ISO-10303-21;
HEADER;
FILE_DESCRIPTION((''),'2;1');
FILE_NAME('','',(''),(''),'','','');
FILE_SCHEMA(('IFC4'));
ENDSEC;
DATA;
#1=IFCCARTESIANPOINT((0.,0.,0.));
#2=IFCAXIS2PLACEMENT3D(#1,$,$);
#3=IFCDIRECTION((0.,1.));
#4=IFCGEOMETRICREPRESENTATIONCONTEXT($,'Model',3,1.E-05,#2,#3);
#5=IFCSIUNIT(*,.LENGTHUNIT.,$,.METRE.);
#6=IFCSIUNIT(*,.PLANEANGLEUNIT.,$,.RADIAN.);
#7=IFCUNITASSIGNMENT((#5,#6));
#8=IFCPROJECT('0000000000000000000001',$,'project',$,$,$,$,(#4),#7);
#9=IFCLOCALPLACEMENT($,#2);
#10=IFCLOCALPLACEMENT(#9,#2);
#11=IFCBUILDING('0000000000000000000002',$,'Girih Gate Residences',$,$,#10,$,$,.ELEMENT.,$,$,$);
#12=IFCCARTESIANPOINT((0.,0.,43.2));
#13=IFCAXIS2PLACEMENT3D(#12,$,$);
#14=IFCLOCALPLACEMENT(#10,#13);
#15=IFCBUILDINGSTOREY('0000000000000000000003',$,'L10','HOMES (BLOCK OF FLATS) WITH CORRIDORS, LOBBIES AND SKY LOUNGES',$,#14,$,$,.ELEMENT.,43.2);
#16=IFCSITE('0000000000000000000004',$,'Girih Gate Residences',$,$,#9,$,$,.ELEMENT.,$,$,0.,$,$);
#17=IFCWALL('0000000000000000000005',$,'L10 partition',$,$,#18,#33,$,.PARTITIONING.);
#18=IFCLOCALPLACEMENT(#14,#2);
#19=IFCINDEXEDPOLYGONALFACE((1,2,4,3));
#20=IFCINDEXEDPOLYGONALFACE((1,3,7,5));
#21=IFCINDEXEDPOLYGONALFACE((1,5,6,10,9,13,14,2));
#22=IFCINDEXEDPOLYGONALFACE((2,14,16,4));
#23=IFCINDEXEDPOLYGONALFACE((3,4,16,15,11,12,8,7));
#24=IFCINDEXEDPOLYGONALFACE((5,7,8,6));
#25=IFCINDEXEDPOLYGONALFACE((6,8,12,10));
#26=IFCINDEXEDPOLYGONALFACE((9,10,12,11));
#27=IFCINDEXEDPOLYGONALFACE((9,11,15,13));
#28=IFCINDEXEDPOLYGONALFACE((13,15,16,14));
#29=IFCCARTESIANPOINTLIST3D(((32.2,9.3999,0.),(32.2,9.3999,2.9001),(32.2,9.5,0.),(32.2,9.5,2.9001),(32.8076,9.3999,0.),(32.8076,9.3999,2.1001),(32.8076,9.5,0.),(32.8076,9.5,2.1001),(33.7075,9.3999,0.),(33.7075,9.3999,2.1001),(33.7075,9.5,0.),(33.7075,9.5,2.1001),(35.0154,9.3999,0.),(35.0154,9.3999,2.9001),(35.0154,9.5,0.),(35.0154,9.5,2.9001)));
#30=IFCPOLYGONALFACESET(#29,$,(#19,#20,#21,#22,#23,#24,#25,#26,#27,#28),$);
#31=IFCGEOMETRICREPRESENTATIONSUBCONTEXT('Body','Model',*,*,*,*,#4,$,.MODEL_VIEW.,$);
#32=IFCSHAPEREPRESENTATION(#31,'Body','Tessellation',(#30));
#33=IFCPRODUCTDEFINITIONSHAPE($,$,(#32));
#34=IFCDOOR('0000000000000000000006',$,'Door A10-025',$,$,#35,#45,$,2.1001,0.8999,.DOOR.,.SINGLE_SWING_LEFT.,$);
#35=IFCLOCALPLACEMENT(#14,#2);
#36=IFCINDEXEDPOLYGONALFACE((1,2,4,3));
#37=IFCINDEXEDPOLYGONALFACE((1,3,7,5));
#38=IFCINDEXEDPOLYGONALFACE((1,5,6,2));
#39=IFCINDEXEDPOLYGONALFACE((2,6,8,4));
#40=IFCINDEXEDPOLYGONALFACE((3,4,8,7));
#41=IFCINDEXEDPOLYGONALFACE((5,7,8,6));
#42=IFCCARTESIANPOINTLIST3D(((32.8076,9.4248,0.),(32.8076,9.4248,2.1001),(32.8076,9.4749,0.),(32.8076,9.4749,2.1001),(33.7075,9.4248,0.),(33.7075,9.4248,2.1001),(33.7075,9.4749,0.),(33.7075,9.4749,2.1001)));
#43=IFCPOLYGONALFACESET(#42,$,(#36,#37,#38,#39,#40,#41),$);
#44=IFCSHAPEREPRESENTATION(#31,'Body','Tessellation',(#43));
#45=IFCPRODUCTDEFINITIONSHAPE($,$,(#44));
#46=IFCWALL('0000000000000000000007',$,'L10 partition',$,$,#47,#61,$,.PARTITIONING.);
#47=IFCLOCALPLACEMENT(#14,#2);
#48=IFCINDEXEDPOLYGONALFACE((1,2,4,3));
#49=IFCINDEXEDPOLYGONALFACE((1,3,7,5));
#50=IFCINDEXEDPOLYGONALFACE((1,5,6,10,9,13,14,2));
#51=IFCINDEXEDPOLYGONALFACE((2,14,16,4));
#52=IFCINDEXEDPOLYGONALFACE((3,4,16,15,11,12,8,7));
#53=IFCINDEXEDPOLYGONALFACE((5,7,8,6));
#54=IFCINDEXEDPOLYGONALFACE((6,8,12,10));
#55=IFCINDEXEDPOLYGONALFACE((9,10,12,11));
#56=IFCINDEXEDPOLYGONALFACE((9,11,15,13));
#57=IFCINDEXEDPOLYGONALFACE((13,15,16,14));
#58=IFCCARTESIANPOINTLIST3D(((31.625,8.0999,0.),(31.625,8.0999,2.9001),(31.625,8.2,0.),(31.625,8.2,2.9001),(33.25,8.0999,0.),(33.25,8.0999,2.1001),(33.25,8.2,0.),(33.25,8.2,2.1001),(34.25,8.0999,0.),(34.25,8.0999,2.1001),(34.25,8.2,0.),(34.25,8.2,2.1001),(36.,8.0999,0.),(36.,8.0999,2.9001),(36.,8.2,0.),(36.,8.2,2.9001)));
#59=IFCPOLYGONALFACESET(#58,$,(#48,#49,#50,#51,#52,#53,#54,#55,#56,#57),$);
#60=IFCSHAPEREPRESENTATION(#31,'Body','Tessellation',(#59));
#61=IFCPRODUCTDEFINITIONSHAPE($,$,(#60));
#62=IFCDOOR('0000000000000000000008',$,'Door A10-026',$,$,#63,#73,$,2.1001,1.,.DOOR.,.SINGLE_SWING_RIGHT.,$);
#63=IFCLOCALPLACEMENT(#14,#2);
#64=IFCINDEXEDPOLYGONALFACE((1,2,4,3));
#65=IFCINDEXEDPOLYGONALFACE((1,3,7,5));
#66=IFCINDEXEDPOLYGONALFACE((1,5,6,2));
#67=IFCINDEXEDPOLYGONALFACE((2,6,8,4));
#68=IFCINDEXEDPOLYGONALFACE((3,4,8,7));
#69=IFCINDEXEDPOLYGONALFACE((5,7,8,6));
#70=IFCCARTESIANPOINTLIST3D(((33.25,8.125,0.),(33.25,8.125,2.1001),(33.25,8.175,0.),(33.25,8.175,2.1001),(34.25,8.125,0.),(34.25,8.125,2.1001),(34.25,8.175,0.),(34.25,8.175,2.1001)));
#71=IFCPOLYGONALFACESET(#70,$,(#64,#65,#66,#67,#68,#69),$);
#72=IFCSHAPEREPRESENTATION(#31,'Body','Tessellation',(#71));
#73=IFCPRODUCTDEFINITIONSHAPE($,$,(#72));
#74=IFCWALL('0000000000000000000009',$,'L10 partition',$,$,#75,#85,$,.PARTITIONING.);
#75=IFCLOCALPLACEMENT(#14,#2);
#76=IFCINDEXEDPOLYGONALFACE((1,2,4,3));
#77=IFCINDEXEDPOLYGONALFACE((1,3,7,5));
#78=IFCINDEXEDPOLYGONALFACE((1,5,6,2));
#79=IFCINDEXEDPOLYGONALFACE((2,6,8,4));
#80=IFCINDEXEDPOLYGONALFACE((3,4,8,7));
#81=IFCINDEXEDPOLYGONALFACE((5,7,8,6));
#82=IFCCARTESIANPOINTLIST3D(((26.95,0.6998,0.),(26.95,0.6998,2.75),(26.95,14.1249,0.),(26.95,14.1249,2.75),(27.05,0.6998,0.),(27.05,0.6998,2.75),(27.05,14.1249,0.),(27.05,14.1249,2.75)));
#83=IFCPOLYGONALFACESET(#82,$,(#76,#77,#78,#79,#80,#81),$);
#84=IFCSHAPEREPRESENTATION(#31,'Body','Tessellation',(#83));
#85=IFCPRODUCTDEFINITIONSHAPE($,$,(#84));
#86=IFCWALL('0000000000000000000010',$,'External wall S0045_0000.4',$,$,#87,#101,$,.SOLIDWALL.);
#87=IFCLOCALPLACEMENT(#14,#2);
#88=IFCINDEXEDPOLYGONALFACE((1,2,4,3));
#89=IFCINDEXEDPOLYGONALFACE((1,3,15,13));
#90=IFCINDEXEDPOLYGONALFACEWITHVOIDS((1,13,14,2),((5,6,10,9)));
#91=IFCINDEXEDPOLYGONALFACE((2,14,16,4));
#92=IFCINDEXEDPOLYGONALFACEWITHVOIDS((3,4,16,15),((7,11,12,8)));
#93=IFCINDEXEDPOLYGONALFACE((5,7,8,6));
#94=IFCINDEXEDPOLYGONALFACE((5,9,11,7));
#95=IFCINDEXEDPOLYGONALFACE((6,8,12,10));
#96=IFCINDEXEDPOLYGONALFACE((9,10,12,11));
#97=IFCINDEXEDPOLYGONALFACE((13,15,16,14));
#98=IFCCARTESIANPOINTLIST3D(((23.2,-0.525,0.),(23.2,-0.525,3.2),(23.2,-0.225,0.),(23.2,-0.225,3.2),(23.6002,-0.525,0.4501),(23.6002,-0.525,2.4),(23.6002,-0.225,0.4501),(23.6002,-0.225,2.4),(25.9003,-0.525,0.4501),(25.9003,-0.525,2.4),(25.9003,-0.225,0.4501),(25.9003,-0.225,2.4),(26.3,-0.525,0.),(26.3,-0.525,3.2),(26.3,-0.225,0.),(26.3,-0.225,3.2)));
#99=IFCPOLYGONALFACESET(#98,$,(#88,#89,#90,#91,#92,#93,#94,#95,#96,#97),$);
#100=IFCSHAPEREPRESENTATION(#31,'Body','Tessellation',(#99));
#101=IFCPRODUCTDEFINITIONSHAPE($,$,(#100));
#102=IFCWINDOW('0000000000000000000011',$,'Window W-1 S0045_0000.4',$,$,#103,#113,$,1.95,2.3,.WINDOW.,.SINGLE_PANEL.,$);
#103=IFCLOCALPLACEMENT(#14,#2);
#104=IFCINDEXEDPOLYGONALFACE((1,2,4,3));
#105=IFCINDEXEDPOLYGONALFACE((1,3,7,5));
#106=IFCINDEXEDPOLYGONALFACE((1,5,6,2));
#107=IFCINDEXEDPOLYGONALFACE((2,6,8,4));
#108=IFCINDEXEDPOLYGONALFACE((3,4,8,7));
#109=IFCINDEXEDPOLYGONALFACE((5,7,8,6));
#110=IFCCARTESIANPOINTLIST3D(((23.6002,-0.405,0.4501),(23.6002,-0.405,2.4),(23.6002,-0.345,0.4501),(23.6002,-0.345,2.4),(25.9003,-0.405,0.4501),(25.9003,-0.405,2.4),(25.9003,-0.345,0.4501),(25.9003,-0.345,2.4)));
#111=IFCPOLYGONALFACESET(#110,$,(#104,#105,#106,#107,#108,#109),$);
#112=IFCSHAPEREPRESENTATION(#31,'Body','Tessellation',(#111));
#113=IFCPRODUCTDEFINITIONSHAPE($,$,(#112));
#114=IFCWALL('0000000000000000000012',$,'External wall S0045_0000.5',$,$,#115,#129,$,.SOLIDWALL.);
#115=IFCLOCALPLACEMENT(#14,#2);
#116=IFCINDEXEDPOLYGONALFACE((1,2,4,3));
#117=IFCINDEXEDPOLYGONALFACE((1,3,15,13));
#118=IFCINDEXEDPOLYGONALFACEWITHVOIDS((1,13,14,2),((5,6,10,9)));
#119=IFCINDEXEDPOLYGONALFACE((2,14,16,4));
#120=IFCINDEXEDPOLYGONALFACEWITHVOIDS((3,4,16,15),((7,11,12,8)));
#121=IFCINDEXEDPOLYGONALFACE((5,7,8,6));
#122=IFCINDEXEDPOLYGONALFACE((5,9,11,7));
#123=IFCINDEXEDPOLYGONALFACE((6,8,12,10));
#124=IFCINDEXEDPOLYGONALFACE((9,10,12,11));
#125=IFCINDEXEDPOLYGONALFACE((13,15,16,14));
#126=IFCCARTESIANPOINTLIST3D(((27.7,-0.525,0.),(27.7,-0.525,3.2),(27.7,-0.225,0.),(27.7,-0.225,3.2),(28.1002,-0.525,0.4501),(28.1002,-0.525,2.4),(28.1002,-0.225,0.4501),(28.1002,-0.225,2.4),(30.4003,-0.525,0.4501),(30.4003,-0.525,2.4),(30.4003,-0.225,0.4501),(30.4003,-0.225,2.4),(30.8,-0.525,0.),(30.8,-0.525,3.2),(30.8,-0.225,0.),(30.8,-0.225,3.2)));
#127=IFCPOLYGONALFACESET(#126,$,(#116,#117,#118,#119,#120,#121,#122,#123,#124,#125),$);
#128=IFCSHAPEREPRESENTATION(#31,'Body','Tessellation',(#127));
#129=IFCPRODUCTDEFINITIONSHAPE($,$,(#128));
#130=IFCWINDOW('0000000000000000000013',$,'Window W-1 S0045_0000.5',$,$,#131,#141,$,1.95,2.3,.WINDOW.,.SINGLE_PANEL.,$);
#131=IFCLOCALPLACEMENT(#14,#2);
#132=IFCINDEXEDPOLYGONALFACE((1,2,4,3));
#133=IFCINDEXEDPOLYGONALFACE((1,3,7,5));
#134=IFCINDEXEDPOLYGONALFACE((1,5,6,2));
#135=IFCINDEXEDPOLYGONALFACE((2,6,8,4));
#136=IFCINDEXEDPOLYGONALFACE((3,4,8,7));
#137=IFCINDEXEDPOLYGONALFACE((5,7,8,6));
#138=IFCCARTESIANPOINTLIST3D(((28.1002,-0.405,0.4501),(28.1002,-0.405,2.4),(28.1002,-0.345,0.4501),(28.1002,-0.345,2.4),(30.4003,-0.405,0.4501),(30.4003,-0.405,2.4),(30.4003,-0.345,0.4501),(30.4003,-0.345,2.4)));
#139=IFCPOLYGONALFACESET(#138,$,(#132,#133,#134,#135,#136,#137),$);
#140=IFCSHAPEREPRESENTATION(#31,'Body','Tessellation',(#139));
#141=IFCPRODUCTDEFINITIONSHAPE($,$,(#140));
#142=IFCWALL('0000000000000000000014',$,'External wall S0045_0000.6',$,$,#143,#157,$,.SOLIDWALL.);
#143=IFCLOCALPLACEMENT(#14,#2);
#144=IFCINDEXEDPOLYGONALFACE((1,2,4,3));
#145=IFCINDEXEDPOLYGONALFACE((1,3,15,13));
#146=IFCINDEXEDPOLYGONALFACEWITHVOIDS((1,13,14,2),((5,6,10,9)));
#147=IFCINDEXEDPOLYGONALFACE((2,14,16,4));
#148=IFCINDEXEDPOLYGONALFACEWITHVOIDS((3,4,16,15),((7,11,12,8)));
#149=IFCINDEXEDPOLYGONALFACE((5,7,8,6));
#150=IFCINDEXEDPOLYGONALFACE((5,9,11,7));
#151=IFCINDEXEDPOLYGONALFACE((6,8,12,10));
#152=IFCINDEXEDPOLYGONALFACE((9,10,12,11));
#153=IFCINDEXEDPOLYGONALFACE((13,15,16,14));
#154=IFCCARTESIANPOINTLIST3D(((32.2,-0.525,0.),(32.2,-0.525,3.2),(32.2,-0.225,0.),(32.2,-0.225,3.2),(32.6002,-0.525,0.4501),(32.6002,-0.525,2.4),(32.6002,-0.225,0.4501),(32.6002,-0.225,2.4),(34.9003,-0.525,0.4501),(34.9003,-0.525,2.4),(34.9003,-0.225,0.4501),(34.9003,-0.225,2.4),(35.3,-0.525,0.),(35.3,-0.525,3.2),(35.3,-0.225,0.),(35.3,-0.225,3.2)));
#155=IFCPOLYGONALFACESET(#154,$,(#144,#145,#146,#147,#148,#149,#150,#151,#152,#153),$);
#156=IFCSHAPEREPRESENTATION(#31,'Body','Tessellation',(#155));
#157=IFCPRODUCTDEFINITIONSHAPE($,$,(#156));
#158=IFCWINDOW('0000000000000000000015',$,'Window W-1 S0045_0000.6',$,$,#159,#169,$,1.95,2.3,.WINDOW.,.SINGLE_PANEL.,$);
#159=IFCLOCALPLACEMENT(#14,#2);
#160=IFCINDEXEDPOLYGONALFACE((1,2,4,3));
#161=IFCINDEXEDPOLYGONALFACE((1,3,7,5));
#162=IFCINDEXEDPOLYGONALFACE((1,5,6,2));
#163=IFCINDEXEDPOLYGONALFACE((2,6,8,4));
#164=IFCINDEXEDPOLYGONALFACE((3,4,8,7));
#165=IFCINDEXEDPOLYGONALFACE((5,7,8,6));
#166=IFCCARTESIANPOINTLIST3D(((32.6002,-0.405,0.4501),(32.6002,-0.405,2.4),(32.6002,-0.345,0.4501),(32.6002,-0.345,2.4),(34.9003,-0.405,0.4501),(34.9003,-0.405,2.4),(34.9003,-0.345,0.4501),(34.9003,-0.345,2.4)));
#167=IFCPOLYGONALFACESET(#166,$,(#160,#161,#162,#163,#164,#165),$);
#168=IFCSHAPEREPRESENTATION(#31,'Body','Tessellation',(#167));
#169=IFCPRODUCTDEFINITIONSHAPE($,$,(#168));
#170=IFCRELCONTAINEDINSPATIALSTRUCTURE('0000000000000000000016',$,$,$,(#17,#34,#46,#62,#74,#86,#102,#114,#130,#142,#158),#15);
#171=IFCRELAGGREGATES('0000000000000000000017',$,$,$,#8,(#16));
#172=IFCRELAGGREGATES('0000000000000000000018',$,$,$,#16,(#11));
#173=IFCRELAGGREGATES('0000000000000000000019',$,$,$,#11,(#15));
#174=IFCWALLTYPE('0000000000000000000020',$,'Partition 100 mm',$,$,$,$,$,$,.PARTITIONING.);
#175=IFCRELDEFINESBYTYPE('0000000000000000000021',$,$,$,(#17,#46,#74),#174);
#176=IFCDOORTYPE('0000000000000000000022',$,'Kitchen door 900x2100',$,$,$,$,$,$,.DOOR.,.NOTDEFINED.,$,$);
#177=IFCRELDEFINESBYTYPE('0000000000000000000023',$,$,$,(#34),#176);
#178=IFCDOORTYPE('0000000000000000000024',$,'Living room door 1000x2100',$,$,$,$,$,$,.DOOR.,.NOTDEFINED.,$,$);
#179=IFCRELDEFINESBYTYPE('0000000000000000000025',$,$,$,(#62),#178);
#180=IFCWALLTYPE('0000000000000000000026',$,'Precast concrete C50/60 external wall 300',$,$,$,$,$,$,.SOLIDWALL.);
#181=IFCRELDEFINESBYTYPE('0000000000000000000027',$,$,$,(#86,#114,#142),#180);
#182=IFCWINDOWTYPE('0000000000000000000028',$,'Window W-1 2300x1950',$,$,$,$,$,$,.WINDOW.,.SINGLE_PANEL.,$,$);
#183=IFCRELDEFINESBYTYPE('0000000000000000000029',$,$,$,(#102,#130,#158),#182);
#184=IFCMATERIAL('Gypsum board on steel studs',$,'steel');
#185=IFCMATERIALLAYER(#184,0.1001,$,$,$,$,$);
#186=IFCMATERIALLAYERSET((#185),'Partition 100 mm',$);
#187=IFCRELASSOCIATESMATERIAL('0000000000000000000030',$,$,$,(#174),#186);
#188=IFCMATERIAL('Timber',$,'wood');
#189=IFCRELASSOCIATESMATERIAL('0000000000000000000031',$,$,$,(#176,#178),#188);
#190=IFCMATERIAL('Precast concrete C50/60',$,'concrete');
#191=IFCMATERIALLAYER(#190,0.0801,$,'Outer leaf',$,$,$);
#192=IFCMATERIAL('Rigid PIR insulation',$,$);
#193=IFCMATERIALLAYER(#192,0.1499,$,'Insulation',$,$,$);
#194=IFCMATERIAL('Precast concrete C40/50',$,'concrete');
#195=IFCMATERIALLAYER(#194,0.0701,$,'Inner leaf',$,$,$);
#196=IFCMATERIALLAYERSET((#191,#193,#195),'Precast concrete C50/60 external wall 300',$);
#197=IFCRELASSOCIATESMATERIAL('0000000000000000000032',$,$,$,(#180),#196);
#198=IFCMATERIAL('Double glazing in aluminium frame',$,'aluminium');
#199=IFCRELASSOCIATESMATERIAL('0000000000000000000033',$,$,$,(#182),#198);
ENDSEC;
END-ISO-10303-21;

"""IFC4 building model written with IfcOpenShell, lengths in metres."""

from ifc_helpers import new_model, si_unit, direction, frame, frame_2d, origin, place, context, subcontext, project, spatial, rectangle, extrude, material, layer, layer_set, type_object, element, fill, save


model = new_model("IFC4")

# Units and contexts
model_context = context("Model", 3, precision=1e-05, world=origin(), true_north=direction((0.0, 1.0)))
body_context = subcontext(model_context, "Body", "Model", "MODEL_VIEW")
ifc_project = project(units=[si_unit("LENGTHUNIT", "METRE"), si_unit("PLANEANGLEUNIT", "RADIAN")], contexts=[model_context])

# Site, building, storey
site_placement = place(None, origin())
site = spatial("IfcSite", under=ifc_project, at=site_placement, Name="Girih Gate Residences", CompositionType="ELEMENT", RefElevation=0.0)
building_placement = place(site_placement, origin())
building = spatial("IfcBuilding", under=site, at=building_placement, Name="Girih Gate Residences", CompositionType="ELEMENT")
storey_placement = place(building_placement, frame((0.0, 0.0, 43.2)))
storey = spatial("IfcBuildingStorey", under=building, at=storey_placement, Name="L10", Description="HOMES (BLOCK OF FLATS) WITH CORRIDORS, LOBBIES AND SKY LOUNGES", CompositionType="ELEMENT", Elevation=43.2)

# Shared definitions
ifc_material_1 = material(Name="Gypsum board on steel studs", Category="steel")
ifc_layer_1 = layer(ifc_material_1, 0.1001)
ifc_layer_set_1 = layer_set([ifc_layer_1], Name="Partition 100 mm")
wall_type_1 = type_object("IfcWallType", Name="Partition 100 mm", PredefinedType="PARTITIONING", material=ifc_layer_set_1)

# Walls, openings, doors
wall_1_placement = place(storey_placement, frame((32.2, 9.45, 0.0), z_axis=(0.0, 0.0, 1.0), x_axis=(1.0, 0.0, 0.0)))
wall_1 = element("IfcWall", 1, at=wall_1_placement, inside=storey, type_object=wall_type_1, Name="L10 partition", PredefinedType="PARTITIONING", context=body_context, shape_type="SweptSolid", body=[
    extrude(rectangle(XDim=2.8154, YDim=0.1001, at=frame_2d((1.4077, 0.0))), origin(), (0.0, 0.0, 1.0), 2.9001),
])
opening_1_placement = place(wall_1_placement, frame((0.6077, 0.0, 0.0)))
opening_1 = element("IfcOpeningElement", 2, at=opening_1_placement, cuts=wall_1, PredefinedType="OPENING", context=body_context, shape_type="SweptSolid", body=[
    extrude(rectangle(XDim=0.8999, YDim=2.1001, at=frame_2d((0.45, 1.05))), frame((0.0, 0.0601, 0.0), z_axis=(0.0, -1.0, 0.0), x_axis=(1.0, 0.0, 0.0)), (0.0, 0.0, 1.0), 0.1201),
])
ifc_material_2 = material(Name="Timber", Category="wood")
door_type_1 = type_object("IfcDoorType", Name="Kitchen door 900x2100", OperationType="NOTDEFINED", PredefinedType="DOOR", material=ifc_material_2)
door_1_placement = place(opening_1_placement, origin())
door_1 = element("IfcDoor", 3, at=door_1_placement, inside=storey, type_object=door_type_1, Name="Door A10-025", OperationType="SINGLE_SWING_LEFT", OverallHeight=2.1001, OverallWidth=0.8999, PredefinedType="DOOR", context=body_context, shape_type="SweptSolid", body=[
    extrude(rectangle(XDim=0.8999, YDim=2.1001, at=frame_2d((0.45, 1.05))), frame((0.0, 0.0249, 0.0), z_axis=(0.0, -1.0, 0.0), x_axis=(1.0, 0.0, 0.0)), (0.0, 0.0, 1.0), 0.05),
])
fill(opening_1, door_1)
wall_2_placement = place(storey_placement, frame((36.0, 8.1499, 0.0), z_axis=(0.0, 0.0, 1.0), x_axis=(-1.0, 0.0, 0.0)))
wall_2 = element("IfcWall", 4, at=wall_2_placement, inside=storey, type_object=wall_type_1, Name="L10 partition", PredefinedType="PARTITIONING", context=body_context, shape_type="SweptSolid", body=[
    extrude(rectangle(XDim=4.375, YDim=0.1001, at=frame_2d((2.1875, 0.0))), origin(), (0.0, 0.0, 1.0), 2.9001),
])
opening_2_placement = place(wall_2_placement, frame((1.75, 0.0, 0.0)))
opening_2 = element("IfcOpeningElement", 5, at=opening_2_placement, cuts=wall_2, PredefinedType="OPENING", context=body_context, shape_type="SweptSolid", body=[
    extrude(rectangle(XDim=1.0, YDim=2.1001, at=frame_2d((0.5, 1.05))), frame((0.0, 0.0601, 0.0), z_axis=(0.0, -1.0, 0.0), x_axis=(1.0, 0.0, 0.0)), (0.0, 0.0, 1.0), 0.1201),
])
door_type_2 = type_object("IfcDoorType", Name="Living room door 1000x2100", OperationType="NOTDEFINED", PredefinedType="DOOR", material=ifc_material_2)
door_2_placement = place(opening_2_placement, origin())
door_2 = element("IfcDoor", 6, at=door_2_placement, inside=storey, type_object=door_type_2, Name="Door A10-026", OperationType="SINGLE_SWING_RIGHT", OverallHeight=2.1001, OverallWidth=1.0, PredefinedType="DOOR", context=body_context, shape_type="SweptSolid", body=[
    extrude(rectangle(XDim=1.0, YDim=2.1001, at=frame_2d((0.5, 1.05))), frame((0.0, 0.0249, 0.0), z_axis=(0.0, -1.0, 0.0), x_axis=(1.0, 0.0, 0.0)), (0.0, 0.0, 1.0), 0.05),
])
fill(opening_2, door_2)

# Wall
wall_3_placement = place(storey_placement, frame((27.0, 0.7, 0.0), z_axis=(0.0, 0.0, 1.0), x_axis=(0.0, 1.0, 0.0)))
element("IfcWall", 7, at=wall_3_placement, inside=storey, type_object=wall_type_1, Name="L10 partition", PredefinedType="PARTITIONING", context=body_context, shape_type="SweptSolid", body=[
    extrude(rectangle(XDim=13.425, YDim=0.1001, at=frame_2d((6.7124, 0.0))), origin(), (0.0, 0.0, 1.0), 2.75),
])

# Walls, openings, windows
ifc_material_3 = material(Name="Precast concrete C50/60", Category="concrete")
ifc_layer_2 = layer(ifc_material_3, 0.0801, Name="Outer leaf")
ifc_material_4 = material(Name="Rigid PIR insulation")
ifc_layer_3 = layer(ifc_material_4, 0.1499, Name="Insulation")
ifc_material_5 = material(Name="Precast concrete C40/50", Category="concrete")
ifc_layer_4 = layer(ifc_material_5, 0.0701, Name="Inner leaf")
ifc_layer_set_2 = layer_set([ifc_layer_2, ifc_layer_3, ifc_layer_4], Name="Precast concrete C50/60 external wall 300")
wall_type_2 = type_object("IfcWallType", Name="Precast concrete C50/60 external wall 300", PredefinedType="SOLIDWALL", material=ifc_layer_set_2)
wall_4_placement = place(storey_placement, frame((26.3, -0.375, 0.0), z_axis=(0.0, 0.0, 1.0), x_axis=(-1.0, 0.0, 0.0)))
wall_4 = element("IfcWall", 8, at=wall_4_placement, inside=storey, type_object=wall_type_2, Name="External wall S0045_0000.4", PredefinedType="SOLIDWALL", context=body_context, shape_type="SweptSolid", body=[
    extrude(rectangle(XDim=3.1001, YDim=0.3, at=frame_2d((1.55, 0.0))), origin(), (0.0, 0.0, 1.0), 3.2),
])
opening_3_placement = place(wall_4_placement, frame((0.3999, 0.0, 0.45)))
opening_3 = element("IfcOpeningElement", 9, at=opening_3_placement, cuts=wall_4, PredefinedType="OPENING", context=body_context, shape_type="SweptSolid", body=[
    extrude(rectangle(XDim=2.3, YDim=1.95, at=frame_2d((1.1499, 0.9751))), frame((0.0, 0.1599, 0.0), z_axis=(0.0, -1.0, 0.0), x_axis=(1.0, 0.0, 0.0)), (0.0, 0.0, 1.0), 0.3201),
])
ifc_material_6 = material(Name="Double glazing in aluminium frame", Category="aluminium")
window_type = type_object("IfcWindowType", Name="Window W-1 2300x1950", PartitioningType="SINGLE_PANEL", PredefinedType="WINDOW", material=ifc_material_6)
window_1_placement = place(opening_3_placement, origin())
window_1 = element("IfcWindow", 10, at=window_1_placement, inside=storey, type_object=window_type, Name="Window W-1 S0045_0000.4", OverallHeight=1.95, OverallWidth=2.3, PartitioningType="SINGLE_PANEL", PredefinedType="WINDOW", context=body_context, shape_type="SweptSolid", body=[
    extrude(rectangle(XDim=2.3, YDim=1.95, at=frame_2d((1.1499, 0.9751))), frame((0.0, 0.03, 0.0), z_axis=(0.0, -1.0, 0.0), x_axis=(1.0, 0.0, 0.0)), (0.0, 0.0, 1.0), 0.0601),
])
fill(opening_3, window_1)
wall_5_placement = place(storey_placement, frame((30.8, -0.375, 0.0), z_axis=(0.0, 0.0, 1.0), x_axis=(-1.0, 0.0, 0.0)))
wall_5 = element("IfcWall", 11, at=wall_5_placement, inside=storey, type_object=wall_type_2, Name="External wall S0045_0000.5", PredefinedType="SOLIDWALL", context=body_context, shape_type="SweptSolid", body=[
    extrude(rectangle(XDim=3.1001, YDim=0.3, at=frame_2d((1.55, 0.0))), origin(), (0.0, 0.0, 1.0), 3.2),
])
opening_4_placement = place(wall_5_placement, frame((0.3999, 0.0, 0.45)))
opening_4 = element("IfcOpeningElement", 12, at=opening_4_placement, cuts=wall_5, PredefinedType="OPENING", context=body_context, shape_type="SweptSolid", body=[
    extrude(rectangle(XDim=2.3, YDim=1.95, at=frame_2d((1.1499, 0.9751))), frame((0.0, 0.1599, 0.0), z_axis=(0.0, -1.0, 0.0), x_axis=(1.0, 0.0, 0.0)), (0.0, 0.0, 1.0), 0.3201),
])
window_2_placement = place(opening_4_placement, origin())
window_2 = element("IfcWindow", 13, at=window_2_placement, inside=storey, type_object=window_type, Name="Window W-1 S0045_0000.5", OverallHeight=1.95, OverallWidth=2.3, PartitioningType="SINGLE_PANEL", PredefinedType="WINDOW", context=body_context, shape_type="SweptSolid", body=[
    extrude(rectangle(XDim=2.3, YDim=1.95, at=frame_2d((1.1499, 0.9751))), frame((0.0, 0.03, 0.0), z_axis=(0.0, -1.0, 0.0), x_axis=(1.0, 0.0, 0.0)), (0.0, 0.0, 1.0), 0.0601),
])
fill(opening_4, window_2)
wall_6_placement = place(storey_placement, frame((35.3, -0.375, 0.0), z_axis=(0.0, 0.0, 1.0), x_axis=(-1.0, 0.0, 0.0)))
wall_6 = element("IfcWall", 14, at=wall_6_placement, inside=storey, type_object=wall_type_2, Name="External wall S0045_0000.6", PredefinedType="SOLIDWALL", context=body_context, shape_type="SweptSolid", body=[
    extrude(rectangle(XDim=3.1001, YDim=0.3, at=frame_2d((1.55, 0.0))), origin(), (0.0, 0.0, 1.0), 3.2),
])
opening_5_placement = place(wall_6_placement, frame((0.3999, 0.0, 0.45)))
opening_5 = element("IfcOpeningElement", 15, at=opening_5_placement, cuts=wall_6, PredefinedType="OPENING", context=body_context, shape_type="SweptSolid", body=[
    extrude(rectangle(XDim=2.3, YDim=1.95, at=frame_2d((1.1499, 0.9751))), frame((0.0, 0.1599, 0.0), z_axis=(0.0, -1.0, 0.0), x_axis=(1.0, 0.0, 0.0)), (0.0, 0.0, 1.0), 0.3201),
])
window_3_placement = place(opening_5_placement, origin())
window_3 = element("IfcWindow", 16, at=window_3_placement, inside=storey, type_object=window_type, Name="Window W-1 S0045_0000.6", OverallHeight=1.95, OverallWidth=2.3, PartitioningType="SINGLE_PANEL", PredefinedType="WINDOW", context=body_context, shape_type="SweptSolid", body=[
    extrude(rectangle(XDim=2.3, YDim=1.95, at=frame_2d((1.1499, 0.9751))), frame((0.0, 0.03, 0.0), z_axis=(0.0, -1.0, 0.0), x_axis=(1.0, 0.0, 0.0)), (0.0, 0.0, 1.0), 0.0601),
])
fill(opening_5, window_3)

save(model, "model.ifc")
